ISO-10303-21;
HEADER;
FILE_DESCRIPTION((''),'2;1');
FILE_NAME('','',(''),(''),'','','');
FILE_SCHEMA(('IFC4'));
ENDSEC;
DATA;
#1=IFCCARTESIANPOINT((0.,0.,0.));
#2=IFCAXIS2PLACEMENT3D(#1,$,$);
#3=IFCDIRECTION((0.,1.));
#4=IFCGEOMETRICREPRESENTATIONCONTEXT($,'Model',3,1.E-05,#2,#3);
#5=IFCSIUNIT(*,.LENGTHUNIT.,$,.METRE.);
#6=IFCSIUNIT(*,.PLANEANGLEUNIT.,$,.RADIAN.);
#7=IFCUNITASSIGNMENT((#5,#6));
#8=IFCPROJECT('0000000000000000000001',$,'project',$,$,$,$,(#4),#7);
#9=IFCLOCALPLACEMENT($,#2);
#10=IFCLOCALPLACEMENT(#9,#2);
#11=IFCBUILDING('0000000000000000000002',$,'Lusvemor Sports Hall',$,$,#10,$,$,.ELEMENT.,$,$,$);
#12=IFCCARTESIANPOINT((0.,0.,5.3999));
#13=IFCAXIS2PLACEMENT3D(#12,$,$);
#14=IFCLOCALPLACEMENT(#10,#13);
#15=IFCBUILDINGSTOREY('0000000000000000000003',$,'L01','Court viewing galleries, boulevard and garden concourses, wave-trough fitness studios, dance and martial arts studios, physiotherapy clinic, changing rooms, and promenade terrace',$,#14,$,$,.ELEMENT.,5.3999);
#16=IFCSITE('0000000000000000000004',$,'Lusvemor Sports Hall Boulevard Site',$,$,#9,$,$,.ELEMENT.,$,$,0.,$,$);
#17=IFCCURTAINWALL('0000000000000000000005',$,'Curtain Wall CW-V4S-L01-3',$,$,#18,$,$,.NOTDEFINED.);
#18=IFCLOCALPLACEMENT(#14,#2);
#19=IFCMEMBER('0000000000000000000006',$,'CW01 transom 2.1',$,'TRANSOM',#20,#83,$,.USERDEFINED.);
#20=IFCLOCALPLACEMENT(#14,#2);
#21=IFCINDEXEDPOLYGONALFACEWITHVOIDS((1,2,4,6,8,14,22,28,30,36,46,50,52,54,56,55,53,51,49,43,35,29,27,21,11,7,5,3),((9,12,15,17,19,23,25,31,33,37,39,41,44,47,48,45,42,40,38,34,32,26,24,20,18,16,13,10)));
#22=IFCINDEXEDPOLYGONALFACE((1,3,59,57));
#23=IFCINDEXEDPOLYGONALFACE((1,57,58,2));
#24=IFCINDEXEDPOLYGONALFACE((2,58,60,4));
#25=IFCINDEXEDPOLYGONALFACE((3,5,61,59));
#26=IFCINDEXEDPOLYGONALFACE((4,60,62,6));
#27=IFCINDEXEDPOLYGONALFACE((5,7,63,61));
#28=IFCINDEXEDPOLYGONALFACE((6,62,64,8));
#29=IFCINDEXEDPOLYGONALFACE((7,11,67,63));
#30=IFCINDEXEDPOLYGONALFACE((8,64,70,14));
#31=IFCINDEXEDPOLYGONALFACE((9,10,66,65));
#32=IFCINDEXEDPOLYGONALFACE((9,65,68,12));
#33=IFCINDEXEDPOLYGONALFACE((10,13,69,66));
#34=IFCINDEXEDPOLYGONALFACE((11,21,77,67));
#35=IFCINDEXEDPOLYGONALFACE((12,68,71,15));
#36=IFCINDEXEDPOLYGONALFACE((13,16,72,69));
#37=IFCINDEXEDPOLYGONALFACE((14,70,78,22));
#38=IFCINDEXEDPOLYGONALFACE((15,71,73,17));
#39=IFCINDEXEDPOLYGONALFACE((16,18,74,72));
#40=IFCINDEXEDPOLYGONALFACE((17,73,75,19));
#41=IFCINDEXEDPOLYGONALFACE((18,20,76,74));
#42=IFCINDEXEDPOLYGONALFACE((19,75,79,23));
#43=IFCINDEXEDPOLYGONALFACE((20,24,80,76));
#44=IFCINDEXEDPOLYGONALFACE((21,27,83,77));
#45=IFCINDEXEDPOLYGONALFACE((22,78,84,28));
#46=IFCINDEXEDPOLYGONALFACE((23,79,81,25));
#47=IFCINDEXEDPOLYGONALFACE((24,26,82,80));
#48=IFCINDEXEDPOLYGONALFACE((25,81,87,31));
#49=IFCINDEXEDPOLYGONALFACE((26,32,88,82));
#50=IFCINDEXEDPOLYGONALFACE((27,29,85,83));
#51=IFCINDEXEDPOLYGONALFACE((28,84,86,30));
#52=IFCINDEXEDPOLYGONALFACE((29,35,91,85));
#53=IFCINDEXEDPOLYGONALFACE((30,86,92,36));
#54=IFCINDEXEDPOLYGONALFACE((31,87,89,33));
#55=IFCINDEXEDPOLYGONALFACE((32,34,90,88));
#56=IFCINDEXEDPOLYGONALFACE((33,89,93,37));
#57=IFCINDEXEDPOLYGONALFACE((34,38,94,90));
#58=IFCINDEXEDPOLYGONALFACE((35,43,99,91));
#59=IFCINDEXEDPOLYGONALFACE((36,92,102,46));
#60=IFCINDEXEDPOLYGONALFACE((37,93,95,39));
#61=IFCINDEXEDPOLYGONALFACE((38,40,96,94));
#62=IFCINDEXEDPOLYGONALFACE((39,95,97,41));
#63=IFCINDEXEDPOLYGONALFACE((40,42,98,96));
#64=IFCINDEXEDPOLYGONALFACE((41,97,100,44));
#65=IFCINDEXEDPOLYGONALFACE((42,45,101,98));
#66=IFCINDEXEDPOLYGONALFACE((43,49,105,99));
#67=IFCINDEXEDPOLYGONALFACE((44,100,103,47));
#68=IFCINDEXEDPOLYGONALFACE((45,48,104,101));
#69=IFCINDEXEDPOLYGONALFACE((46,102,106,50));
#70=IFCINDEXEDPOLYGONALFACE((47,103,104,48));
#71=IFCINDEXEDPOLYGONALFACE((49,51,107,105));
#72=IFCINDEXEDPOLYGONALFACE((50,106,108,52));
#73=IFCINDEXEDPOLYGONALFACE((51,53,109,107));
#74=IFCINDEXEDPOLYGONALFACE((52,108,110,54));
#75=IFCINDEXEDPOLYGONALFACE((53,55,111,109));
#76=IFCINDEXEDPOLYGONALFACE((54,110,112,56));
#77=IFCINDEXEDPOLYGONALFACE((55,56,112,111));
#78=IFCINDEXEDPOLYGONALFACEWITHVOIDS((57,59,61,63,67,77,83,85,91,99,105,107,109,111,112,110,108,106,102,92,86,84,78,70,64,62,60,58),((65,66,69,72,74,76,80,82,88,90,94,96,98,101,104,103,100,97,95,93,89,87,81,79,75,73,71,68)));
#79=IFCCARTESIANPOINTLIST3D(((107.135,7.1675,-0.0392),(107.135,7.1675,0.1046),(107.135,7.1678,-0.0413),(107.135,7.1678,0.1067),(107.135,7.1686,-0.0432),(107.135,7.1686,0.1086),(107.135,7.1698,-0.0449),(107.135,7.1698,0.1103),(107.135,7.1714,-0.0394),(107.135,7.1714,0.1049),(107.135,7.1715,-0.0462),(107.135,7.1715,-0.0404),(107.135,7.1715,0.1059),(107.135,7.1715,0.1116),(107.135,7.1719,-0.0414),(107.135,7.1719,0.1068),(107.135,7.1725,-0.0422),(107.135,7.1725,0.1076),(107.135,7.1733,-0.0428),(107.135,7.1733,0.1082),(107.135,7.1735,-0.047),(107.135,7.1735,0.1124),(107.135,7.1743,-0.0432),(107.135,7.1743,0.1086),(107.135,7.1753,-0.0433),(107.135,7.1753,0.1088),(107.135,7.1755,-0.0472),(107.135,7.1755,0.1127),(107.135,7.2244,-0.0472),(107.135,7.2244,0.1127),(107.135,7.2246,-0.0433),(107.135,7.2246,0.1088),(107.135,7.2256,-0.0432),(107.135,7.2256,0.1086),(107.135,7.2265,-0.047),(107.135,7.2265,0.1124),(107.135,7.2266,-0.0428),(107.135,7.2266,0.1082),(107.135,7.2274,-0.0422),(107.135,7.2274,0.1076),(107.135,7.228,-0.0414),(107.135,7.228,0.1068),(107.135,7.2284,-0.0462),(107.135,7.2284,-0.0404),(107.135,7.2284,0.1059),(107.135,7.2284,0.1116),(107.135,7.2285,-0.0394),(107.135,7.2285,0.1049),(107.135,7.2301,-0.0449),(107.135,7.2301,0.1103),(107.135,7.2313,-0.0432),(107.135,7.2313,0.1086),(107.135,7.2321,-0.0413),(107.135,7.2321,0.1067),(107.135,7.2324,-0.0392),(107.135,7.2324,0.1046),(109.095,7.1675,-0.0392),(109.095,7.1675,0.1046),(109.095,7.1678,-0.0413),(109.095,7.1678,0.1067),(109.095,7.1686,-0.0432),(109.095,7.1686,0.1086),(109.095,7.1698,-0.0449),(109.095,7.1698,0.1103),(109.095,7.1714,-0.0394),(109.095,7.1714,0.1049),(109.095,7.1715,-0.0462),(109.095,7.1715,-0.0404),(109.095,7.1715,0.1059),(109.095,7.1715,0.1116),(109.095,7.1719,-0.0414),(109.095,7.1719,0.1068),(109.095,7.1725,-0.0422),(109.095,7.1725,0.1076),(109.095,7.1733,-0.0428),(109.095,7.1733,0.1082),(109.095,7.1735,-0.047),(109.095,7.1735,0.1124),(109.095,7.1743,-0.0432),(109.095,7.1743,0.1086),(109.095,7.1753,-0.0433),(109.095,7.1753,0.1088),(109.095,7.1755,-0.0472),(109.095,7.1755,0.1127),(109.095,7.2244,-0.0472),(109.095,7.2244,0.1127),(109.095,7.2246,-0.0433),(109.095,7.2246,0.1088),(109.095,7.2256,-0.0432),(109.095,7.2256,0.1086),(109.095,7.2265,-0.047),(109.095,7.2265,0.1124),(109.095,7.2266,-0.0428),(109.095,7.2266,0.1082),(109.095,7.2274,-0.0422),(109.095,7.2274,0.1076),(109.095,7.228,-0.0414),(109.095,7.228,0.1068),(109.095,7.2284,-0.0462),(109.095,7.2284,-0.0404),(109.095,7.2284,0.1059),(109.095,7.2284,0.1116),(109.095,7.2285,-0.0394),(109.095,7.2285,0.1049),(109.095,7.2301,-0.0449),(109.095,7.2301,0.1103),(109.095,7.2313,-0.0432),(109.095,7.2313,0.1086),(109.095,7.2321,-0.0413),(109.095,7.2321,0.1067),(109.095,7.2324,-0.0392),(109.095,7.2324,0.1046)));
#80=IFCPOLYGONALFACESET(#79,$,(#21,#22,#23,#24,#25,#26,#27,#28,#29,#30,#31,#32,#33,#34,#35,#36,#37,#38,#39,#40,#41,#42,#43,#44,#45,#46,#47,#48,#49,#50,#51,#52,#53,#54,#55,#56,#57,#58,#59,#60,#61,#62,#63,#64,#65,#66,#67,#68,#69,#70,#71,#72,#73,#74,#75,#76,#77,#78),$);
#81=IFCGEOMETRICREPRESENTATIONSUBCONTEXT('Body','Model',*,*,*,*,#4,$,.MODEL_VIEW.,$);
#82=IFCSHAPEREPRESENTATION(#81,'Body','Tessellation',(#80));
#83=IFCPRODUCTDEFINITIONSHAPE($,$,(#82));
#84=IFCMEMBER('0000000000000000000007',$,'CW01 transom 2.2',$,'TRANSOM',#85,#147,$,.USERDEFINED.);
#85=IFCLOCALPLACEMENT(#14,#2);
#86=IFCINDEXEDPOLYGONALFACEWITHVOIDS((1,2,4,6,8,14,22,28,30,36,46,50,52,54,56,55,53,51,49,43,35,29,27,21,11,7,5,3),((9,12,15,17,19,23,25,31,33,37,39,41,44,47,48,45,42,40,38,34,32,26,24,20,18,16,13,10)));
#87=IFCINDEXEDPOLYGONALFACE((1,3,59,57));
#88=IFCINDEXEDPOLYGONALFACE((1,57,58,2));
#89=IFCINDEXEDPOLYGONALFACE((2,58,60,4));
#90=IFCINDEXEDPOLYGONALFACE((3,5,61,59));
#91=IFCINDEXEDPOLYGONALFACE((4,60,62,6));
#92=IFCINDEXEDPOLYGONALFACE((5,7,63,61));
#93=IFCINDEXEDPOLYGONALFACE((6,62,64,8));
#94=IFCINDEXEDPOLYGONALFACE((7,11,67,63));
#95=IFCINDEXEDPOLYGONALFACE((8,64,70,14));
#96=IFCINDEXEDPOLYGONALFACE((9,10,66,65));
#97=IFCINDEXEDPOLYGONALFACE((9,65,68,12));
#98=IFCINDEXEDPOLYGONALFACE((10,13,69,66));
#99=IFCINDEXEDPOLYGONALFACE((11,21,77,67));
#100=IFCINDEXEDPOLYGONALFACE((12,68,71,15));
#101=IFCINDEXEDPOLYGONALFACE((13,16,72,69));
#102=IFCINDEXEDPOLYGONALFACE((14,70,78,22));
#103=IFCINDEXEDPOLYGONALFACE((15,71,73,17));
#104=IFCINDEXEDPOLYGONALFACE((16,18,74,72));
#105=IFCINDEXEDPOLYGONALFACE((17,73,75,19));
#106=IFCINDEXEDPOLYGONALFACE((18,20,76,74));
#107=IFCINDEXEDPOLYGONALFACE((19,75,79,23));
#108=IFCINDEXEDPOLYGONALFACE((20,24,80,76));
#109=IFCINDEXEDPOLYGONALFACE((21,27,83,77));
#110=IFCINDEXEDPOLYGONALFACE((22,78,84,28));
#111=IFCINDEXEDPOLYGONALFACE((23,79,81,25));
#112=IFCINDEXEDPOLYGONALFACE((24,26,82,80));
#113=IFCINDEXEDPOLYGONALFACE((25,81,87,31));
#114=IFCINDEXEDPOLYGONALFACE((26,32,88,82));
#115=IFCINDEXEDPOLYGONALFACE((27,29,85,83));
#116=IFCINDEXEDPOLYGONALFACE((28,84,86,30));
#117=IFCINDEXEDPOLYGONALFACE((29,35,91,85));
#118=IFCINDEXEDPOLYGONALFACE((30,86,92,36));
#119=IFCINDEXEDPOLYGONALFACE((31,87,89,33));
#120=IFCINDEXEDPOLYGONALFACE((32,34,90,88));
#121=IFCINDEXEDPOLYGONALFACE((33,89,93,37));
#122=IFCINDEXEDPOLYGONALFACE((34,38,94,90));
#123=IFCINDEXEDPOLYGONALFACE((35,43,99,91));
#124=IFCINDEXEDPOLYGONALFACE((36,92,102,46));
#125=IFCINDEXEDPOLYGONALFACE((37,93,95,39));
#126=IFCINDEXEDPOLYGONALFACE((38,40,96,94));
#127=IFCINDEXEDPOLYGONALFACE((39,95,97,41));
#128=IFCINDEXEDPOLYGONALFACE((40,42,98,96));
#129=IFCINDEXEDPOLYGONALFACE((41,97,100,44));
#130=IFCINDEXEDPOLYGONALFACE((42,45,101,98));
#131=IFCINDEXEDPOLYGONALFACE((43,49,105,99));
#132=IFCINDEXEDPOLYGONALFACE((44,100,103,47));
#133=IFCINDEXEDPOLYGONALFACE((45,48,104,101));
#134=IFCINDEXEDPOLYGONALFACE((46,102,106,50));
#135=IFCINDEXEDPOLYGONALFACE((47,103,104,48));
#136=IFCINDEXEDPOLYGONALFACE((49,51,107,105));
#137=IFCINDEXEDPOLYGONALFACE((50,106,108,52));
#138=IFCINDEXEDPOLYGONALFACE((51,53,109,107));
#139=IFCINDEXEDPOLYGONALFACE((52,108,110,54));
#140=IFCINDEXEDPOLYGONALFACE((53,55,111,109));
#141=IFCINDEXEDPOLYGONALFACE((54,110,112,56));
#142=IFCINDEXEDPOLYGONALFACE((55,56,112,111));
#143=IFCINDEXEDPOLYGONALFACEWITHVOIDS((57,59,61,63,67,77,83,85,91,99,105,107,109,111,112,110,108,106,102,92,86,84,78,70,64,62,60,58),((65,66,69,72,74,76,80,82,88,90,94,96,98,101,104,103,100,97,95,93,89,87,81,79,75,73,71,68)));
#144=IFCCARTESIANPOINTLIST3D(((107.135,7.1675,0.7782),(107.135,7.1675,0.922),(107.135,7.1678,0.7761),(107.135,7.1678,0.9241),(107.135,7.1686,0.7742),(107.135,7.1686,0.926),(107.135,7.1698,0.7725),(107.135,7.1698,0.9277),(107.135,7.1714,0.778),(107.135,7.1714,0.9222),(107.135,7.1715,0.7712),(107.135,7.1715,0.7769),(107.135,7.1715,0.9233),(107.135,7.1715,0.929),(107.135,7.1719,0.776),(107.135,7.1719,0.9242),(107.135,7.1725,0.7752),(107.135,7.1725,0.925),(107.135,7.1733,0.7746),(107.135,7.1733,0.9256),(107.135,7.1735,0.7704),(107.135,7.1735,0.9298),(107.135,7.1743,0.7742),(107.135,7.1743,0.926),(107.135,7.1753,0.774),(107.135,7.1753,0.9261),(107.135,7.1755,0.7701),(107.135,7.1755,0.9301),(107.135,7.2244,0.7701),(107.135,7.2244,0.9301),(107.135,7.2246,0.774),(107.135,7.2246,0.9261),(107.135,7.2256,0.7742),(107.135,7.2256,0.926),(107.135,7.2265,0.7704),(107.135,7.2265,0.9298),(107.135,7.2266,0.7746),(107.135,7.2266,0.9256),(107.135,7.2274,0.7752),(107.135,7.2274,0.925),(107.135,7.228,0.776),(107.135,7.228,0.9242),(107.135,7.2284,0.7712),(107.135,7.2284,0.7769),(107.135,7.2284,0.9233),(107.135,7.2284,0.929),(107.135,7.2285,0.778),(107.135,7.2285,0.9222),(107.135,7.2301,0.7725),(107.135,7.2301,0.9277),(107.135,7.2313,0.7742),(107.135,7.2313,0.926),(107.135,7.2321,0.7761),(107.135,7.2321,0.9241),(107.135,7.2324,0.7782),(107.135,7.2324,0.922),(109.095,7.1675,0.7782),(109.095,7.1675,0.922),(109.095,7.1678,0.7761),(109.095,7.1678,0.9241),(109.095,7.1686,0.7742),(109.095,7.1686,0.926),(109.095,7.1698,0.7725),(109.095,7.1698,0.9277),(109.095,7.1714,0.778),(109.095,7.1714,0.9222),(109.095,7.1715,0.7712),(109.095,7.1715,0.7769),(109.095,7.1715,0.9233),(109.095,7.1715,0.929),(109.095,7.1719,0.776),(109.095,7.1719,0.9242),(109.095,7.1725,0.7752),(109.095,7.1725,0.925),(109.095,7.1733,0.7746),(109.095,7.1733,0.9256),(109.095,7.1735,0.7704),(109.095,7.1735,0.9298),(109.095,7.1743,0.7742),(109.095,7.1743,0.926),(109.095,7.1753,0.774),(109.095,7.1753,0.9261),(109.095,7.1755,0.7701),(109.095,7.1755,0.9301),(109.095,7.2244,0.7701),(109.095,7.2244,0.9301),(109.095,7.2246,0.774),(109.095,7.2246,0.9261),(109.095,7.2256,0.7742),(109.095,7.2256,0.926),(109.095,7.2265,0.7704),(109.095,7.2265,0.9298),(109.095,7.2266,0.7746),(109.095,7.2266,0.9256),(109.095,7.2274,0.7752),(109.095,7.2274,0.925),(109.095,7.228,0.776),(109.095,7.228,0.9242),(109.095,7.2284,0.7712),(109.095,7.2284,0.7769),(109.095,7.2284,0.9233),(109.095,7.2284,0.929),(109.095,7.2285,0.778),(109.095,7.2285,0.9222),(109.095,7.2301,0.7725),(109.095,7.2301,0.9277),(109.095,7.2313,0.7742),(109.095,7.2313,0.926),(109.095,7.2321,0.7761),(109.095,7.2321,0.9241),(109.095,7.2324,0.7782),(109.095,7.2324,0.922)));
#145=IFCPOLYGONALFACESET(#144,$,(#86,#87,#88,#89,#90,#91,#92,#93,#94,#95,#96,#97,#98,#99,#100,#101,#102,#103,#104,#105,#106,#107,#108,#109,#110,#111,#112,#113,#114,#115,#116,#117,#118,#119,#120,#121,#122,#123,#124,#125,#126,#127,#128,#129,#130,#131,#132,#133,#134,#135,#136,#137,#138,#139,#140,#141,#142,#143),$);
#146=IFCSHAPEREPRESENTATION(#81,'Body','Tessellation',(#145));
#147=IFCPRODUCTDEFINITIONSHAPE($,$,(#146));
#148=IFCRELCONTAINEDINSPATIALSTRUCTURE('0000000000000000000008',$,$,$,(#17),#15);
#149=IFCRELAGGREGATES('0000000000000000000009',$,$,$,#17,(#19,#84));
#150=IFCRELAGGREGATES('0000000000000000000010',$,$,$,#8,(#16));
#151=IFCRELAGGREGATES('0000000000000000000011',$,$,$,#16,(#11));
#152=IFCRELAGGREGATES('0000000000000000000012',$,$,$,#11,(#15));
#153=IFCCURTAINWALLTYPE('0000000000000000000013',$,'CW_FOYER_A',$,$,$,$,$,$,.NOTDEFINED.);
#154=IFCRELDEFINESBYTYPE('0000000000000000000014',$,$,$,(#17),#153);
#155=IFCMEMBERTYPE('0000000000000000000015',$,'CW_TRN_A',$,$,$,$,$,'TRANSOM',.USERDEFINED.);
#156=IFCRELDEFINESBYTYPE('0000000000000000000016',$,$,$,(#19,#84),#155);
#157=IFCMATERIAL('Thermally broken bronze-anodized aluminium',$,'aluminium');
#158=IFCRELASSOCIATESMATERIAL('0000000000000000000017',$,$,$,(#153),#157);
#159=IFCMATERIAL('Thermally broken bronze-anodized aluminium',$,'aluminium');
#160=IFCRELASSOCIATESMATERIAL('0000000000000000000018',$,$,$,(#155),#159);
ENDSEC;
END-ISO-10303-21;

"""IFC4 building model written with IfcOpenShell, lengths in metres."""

from ifc_helpers import new_model, si_unit, direction, frame, origin, origin_2d, place, context, subcontext, project, spatial, hollow_rectangle, extrude, material, material_profile, profile_set, type_object, element, aggregate, save


model = new_model("IFC4")

# Units and contexts
model_context = context("Model", 3, precision=1e-05, world=origin(), true_north=direction((0.0, 1.0)))
body_context = subcontext(model_context, "Body", "Model", "MODEL_VIEW")
ifc_project = project(units=[si_unit("LENGTHUNIT", "METRE"), si_unit("PLANEANGLEUNIT", "RADIAN")], contexts=[model_context])

# Site, building, storey
site_placement = place(None, origin())
site = spatial("IfcSite", under=ifc_project, at=site_placement, Name="Lusvemor Sports Hall Boulevard Site", CompositionType="ELEMENT", RefElevation=0.0)
building_placement = place(site_placement, origin())
building = spatial("IfcBuilding", under=site, at=building_placement, Name="Lusvemor Sports Hall", CompositionType="ELEMENT")
storey_placement = place(building_placement, frame((0.0, 0.0, 5.3999)))
storey = spatial("IfcBuildingStorey", under=building, at=storey_placement, Name="L01", Description="Court viewing galleries, boulevard and garden concourses, wave-trough fitness studios, dance and martial arts studios, physiotherapy clinic, changing rooms, and promenade terrace", CompositionType="ELEMENT", Elevation=5.3999)

# Curtain wall, members
ifc_material_1 = material(Name="Thermally broken bronze-anodized aluminium", Category="aluminium")
curtain_wall_type = type_object("IfcCurtainWallType", Name="CW_FOYER_A", PredefinedType="NOTDEFINED", material=ifc_material_1)
curtain_wall_placement = place(storey_placement, origin())
curtain_wall = element("IfcCurtainWall", 1, at=curtain_wall_placement, inside=storey, type_object=curtain_wall_type, Name="Curtain Wall CW-V4S-L01-3", PredefinedType="NOTDEFINED")
ifc_material_2 = material(Name="Thermally broken bronze-anodized aluminium", Category="aluminium")
ifc_material_profile_1 = material_profile(ifc_material_2, hollow_rectangle(XDim=0.0649, YDim=0.1599, WallThickness=0.0039, InnerFilletRadius=0.0039, OuterFilletRadius=0.0081, at=origin_2d()), Name="CWTRN160x65x4")
ifc_profile_set_1 = profile_set([ifc_material_profile_1], Name="Thermally broken bronze-anodized aluminium")
member_type_1 = type_object("IfcMemberType", Name="CW_TRN_A", ElementType="TRANSOM", PredefinedType="USERDEFINED", material=ifc_profile_set_1)
member_1_placement = place(storey_placement, frame((109.095, 7.2, 0.0327), z_axis=(-1.0, 0.0, 0.0), x_axis=(0.0, -1.0, 0.0)))
member_1 = element("IfcMember", 2, at=member_1_placement, type_object=member_type_1, Name="CW01 transom 2.1", ObjectType="TRANSOM", PredefinedType="USERDEFINED", context=body_context, shape_type="SweptSolid", body=[
    extrude(hollow_rectangle(XDim=0.0649, YDim=0.1599, WallThickness=0.0039, InnerFilletRadius=0.0039, OuterFilletRadius=0.0081, at=origin_2d()), origin(), (0.0, 0.0, 1.0), 1.96),
])
member_2_placement = place(storey_placement, frame((109.095, 7.2, 0.8501), z_axis=(-1.0, 0.0, 0.0), x_axis=(0.0, -1.0, 0.0)))
member_2 = element("IfcMember", 3, at=member_2_placement, type_object=member_type_1, Name="CW01 transom 2.2", ObjectType="TRANSOM", PredefinedType="USERDEFINED", context=body_context, shape_type="SweptSolid", body=[
    extrude(hollow_rectangle(XDim=0.0649, YDim=0.1599, WallThickness=0.0039, InnerFilletRadius=0.0039, OuterFilletRadius=0.0081, at=origin_2d()), origin(), (0.0, 0.0, 1.0), 1.96),
])
aggregate(curtain_wall, [member_1, member_2])

save(model, "model.ifc")
